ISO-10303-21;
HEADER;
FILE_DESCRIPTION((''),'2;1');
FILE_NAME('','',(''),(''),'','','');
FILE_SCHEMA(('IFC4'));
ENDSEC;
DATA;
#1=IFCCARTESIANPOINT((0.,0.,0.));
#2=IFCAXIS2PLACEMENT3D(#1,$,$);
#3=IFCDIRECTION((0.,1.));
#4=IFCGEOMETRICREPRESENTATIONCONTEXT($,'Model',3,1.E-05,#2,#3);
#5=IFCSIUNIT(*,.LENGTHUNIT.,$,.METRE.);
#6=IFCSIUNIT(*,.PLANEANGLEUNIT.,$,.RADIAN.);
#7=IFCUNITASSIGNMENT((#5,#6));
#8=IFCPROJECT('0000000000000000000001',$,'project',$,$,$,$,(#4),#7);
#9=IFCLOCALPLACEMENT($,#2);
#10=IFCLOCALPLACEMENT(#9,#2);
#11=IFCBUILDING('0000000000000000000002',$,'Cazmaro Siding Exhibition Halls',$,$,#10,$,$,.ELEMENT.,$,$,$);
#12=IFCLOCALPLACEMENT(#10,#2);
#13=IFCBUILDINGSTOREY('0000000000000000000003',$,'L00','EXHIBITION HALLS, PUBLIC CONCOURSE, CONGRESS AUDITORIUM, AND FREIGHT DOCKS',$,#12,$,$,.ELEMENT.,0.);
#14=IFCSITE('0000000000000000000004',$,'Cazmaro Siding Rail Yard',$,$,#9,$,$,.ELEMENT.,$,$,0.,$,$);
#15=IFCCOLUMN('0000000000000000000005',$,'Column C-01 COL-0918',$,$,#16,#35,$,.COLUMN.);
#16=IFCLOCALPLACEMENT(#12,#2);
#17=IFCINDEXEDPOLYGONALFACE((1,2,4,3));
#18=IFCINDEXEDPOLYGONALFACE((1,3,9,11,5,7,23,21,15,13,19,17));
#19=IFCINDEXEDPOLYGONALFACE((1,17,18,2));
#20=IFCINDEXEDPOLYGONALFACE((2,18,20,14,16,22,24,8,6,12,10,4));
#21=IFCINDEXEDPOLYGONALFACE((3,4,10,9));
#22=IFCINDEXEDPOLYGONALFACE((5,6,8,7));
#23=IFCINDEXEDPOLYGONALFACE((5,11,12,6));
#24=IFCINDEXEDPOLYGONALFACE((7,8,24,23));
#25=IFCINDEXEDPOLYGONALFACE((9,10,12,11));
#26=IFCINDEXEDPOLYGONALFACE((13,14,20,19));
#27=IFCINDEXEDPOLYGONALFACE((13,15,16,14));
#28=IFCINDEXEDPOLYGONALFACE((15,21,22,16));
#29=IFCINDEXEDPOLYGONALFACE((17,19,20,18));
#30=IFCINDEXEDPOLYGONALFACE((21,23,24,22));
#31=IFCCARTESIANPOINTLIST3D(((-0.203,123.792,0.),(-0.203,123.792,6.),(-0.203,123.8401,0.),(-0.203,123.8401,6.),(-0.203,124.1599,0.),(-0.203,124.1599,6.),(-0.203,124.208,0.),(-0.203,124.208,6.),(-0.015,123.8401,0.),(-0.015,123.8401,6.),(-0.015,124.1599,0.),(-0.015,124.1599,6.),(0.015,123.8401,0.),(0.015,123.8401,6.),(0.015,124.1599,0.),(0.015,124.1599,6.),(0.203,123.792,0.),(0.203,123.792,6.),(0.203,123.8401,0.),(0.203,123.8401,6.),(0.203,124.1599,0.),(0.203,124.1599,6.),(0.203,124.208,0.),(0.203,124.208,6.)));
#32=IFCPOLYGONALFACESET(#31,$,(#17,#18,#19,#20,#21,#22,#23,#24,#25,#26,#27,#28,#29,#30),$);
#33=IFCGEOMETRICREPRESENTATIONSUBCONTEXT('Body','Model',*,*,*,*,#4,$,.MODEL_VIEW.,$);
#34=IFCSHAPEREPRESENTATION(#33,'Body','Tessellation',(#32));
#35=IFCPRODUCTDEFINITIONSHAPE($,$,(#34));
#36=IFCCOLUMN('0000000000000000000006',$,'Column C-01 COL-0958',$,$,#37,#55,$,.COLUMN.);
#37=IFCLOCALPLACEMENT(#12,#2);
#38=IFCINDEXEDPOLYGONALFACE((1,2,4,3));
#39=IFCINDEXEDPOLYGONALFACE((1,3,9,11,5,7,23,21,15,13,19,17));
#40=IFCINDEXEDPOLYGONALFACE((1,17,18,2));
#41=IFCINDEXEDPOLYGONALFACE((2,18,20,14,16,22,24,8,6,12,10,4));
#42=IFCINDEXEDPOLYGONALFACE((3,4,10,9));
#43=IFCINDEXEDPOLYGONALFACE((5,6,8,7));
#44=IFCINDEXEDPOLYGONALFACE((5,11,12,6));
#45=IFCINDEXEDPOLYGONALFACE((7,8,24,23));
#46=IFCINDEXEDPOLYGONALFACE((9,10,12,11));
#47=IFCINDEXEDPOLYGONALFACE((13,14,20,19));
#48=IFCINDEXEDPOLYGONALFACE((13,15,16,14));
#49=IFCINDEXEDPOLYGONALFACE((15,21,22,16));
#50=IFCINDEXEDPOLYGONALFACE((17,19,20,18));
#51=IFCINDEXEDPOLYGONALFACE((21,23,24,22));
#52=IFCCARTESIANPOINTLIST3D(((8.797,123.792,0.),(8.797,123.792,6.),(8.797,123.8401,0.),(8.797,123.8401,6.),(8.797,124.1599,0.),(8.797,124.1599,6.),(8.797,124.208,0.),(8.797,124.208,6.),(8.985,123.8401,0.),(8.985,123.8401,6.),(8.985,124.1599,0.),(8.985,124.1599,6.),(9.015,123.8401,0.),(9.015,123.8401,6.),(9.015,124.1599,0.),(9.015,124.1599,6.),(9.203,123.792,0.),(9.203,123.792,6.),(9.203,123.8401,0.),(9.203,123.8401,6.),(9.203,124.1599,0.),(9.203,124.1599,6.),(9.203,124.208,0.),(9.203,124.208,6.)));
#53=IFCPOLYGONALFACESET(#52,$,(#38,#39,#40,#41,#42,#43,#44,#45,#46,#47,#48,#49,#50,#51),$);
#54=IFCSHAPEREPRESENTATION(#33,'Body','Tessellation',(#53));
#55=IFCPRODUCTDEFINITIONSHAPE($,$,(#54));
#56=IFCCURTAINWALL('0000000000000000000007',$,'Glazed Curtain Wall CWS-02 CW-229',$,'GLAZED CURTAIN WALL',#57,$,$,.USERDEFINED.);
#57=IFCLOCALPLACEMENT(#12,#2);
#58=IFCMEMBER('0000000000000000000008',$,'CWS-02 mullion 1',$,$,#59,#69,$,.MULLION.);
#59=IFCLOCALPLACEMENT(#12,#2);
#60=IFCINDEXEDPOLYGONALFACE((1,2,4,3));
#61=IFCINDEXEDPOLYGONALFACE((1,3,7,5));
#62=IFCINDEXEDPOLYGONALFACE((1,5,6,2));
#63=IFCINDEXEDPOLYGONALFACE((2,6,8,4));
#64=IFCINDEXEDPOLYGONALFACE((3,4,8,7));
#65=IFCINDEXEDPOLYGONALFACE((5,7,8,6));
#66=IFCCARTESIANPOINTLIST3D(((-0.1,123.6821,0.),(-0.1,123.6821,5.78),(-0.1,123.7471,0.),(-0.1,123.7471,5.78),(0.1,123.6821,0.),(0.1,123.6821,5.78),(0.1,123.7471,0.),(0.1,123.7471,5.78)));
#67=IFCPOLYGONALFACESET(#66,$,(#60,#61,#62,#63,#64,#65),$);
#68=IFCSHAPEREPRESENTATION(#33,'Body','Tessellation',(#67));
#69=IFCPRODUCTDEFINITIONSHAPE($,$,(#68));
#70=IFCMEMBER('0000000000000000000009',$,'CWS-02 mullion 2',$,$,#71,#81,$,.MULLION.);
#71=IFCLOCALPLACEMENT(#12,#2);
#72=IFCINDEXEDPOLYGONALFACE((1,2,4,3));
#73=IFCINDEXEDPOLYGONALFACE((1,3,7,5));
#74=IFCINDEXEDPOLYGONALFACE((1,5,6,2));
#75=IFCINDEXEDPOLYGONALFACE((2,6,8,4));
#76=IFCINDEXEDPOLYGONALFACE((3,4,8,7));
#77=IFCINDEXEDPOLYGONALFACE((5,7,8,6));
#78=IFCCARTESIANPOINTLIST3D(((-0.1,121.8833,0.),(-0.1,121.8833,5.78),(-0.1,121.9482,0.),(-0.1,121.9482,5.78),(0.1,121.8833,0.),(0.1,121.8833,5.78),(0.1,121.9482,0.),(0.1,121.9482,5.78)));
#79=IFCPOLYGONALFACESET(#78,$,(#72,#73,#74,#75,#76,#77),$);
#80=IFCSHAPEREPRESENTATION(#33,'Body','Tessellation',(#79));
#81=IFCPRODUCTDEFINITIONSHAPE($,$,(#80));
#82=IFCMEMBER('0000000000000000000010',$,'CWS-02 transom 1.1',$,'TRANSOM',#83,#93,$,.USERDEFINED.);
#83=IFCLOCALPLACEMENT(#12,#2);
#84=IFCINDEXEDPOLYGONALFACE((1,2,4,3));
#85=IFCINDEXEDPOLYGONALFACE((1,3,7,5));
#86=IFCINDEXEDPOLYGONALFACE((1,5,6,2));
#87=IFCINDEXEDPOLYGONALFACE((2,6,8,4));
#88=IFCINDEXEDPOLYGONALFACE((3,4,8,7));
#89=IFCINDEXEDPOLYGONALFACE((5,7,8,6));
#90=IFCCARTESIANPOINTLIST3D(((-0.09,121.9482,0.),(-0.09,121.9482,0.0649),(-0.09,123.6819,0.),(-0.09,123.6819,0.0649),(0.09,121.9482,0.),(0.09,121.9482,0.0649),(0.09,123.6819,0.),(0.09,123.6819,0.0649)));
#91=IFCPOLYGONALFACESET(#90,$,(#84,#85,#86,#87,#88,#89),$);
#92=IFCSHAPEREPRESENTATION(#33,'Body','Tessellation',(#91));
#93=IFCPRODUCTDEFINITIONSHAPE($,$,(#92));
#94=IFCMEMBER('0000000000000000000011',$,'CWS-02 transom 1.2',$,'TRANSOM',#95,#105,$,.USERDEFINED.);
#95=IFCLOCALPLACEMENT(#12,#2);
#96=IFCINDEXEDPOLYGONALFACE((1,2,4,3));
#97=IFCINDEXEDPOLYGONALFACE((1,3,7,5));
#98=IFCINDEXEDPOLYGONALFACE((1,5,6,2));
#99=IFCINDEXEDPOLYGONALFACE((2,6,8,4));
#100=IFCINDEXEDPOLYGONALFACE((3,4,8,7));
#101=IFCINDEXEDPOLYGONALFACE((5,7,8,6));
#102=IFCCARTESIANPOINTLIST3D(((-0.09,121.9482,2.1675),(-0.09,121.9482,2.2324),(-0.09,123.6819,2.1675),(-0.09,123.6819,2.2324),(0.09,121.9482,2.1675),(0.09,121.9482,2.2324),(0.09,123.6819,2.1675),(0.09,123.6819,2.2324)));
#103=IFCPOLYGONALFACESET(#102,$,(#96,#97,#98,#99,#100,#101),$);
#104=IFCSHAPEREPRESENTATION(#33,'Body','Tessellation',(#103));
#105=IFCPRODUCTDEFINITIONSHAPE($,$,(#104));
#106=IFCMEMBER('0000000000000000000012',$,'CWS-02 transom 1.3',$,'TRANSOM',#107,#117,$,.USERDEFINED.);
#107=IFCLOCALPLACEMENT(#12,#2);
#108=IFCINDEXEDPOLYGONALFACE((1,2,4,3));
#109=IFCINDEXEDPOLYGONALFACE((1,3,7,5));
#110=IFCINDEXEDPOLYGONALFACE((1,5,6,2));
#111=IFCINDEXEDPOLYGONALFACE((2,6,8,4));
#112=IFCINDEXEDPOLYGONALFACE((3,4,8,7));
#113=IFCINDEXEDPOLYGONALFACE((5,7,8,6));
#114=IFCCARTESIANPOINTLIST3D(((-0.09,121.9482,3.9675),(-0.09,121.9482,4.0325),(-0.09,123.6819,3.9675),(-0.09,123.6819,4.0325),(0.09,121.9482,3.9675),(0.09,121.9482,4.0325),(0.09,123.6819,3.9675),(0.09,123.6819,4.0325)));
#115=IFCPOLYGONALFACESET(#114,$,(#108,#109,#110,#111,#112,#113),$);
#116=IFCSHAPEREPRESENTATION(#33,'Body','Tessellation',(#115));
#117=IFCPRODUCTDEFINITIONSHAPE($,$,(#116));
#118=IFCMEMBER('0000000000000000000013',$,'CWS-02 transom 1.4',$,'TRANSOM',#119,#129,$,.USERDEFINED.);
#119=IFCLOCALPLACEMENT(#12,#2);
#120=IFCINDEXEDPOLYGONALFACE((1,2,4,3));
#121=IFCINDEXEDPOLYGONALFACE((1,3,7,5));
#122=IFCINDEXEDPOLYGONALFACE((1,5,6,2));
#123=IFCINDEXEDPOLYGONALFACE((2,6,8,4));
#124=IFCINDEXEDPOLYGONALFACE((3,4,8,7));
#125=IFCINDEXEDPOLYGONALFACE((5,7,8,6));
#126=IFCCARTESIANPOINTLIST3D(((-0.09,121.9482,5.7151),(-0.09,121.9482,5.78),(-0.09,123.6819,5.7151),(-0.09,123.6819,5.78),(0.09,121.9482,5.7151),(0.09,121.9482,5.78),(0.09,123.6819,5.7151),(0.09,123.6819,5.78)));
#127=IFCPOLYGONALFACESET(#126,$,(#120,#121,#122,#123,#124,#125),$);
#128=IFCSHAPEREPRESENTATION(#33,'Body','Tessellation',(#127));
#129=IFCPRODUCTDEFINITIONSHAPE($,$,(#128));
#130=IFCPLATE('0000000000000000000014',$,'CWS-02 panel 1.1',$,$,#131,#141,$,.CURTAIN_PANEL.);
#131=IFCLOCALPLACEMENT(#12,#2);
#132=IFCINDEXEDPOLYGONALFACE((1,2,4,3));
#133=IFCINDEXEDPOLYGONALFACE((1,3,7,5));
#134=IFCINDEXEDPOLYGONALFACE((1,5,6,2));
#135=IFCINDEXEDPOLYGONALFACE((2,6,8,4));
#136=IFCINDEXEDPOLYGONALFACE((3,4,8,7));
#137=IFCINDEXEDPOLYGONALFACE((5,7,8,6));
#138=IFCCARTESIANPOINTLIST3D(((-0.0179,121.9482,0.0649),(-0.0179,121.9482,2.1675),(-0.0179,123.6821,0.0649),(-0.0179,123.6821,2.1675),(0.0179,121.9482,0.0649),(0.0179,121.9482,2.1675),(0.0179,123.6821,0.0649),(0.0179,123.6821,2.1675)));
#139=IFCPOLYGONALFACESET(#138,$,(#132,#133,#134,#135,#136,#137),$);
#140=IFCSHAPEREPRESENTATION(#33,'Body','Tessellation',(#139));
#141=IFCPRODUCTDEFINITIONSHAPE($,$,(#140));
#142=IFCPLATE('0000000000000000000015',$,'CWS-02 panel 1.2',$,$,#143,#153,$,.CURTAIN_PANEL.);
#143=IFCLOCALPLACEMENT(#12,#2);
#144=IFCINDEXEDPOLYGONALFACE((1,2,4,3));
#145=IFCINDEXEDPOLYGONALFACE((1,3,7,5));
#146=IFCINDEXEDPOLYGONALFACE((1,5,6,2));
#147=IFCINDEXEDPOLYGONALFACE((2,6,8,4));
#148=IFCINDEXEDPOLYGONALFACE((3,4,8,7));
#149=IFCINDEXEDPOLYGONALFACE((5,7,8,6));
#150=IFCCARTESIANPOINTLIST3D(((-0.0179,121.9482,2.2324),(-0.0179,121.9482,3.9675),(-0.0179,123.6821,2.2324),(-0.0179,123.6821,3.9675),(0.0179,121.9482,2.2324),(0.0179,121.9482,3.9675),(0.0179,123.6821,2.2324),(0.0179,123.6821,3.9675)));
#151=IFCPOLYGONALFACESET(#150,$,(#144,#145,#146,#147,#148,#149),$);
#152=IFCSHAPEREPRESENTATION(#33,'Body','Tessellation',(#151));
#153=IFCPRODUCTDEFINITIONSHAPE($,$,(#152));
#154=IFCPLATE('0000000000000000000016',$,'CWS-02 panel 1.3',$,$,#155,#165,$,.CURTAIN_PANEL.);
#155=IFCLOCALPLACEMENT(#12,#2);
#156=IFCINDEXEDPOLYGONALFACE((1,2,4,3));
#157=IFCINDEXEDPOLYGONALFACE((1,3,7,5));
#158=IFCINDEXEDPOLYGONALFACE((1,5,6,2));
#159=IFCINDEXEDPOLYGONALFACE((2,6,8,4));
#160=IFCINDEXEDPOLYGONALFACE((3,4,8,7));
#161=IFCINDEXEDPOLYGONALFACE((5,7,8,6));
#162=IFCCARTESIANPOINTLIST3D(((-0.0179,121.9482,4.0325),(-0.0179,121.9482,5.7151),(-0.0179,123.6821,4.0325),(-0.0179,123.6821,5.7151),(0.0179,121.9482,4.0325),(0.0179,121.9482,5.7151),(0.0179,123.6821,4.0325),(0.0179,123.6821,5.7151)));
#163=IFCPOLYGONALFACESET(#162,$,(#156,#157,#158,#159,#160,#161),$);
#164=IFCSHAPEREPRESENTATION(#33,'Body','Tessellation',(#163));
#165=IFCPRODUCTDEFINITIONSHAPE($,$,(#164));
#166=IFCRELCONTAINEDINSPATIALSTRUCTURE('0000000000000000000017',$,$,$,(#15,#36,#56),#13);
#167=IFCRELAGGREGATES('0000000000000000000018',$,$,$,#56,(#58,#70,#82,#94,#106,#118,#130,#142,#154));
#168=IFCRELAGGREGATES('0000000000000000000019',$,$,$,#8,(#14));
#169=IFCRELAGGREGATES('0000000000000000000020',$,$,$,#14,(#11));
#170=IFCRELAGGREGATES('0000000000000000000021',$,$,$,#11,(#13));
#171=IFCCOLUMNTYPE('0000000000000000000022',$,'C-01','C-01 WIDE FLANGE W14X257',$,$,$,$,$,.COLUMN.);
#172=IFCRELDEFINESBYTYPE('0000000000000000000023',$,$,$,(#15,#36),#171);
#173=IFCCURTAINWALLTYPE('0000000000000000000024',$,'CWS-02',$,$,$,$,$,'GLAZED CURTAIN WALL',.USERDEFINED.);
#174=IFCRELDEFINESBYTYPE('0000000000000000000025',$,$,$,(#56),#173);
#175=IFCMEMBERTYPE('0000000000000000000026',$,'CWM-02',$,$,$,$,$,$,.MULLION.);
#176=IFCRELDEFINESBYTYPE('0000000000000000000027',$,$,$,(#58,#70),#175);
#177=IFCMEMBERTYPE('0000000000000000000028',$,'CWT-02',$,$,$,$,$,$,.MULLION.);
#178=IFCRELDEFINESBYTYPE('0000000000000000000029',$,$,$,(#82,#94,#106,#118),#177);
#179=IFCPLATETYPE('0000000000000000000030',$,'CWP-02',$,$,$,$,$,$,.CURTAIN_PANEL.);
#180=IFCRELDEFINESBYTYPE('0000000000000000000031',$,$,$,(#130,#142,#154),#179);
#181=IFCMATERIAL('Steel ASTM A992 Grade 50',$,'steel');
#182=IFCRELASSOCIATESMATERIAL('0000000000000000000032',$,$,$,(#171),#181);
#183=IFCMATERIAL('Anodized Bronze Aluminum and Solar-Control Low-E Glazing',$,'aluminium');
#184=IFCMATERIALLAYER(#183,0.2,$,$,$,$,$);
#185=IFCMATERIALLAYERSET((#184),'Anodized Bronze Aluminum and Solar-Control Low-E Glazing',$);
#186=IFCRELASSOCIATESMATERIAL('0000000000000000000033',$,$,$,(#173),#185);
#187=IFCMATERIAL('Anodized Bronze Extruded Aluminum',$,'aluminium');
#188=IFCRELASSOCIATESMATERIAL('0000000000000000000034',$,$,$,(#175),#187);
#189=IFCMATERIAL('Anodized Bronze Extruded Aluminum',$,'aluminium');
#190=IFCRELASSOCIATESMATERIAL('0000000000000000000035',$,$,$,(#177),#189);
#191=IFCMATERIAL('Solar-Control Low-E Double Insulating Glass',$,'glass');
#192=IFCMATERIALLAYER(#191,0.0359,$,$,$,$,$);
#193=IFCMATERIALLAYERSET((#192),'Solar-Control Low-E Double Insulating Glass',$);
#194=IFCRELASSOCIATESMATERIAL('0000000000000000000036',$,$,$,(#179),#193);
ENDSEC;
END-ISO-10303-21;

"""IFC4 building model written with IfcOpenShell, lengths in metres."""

from ifc_helpers import new_model, si_unit, direction, frame, origin, origin_2d, place, context, subcontext, project, spatial, rectangle, i_section, extrude, material, layer, layer_set, material_profile, profile_set, type_object, element, aggregate, save


model = new_model("IFC4")

# Units and contexts
model_context = context("Model", 3, precision=1e-05, world=origin(), true_north=direction((0.0, 1.0)))
body_context = subcontext(model_context, "Body", "Model", "MODEL_VIEW")
ifc_project = project(units=[si_unit("LENGTHUNIT", "METRE"), si_unit("PLANEANGLEUNIT", "RADIAN")], contexts=[model_context])

# Site, building, storey
site_placement = place(None, origin())
site = spatial("IfcSite", under=ifc_project, at=site_placement, Name="Cazmaro Siding Rail Yard", CompositionType="ELEMENT", RefElevation=0.0)
building_placement = place(site_placement, origin())
building = spatial("IfcBuilding", under=site, at=building_placement, Name="Cazmaro Siding Exhibition Halls", CompositionType="ELEMENT")
storey_placement = place(building_placement, origin())
storey = spatial("IfcBuildingStorey", under=building, at=storey_placement, Name="L00", Description="EXHIBITION HALLS, PUBLIC CONCOURSE, CONGRESS AUDITORIUM, AND FREIGHT DOCKS", CompositionType="ELEMENT", Elevation=0.0)

# Columns
ifc_material_1 = material(Name="Steel ASTM A992 Grade 50", Category="steel")
ifc_material_profile_1 = material_profile(ifc_material_1, i_section(OverallWidth=0.406, OverallDepth=0.416, WebThickness=0.03, FlangeThickness=0.0481, at=origin_2d()), Name="W14X257")
ifc_profile_set_1 = profile_set([ifc_material_profile_1], Name="Steel ASTM A992 Grade 50")
column_type = type_object("IfcColumnType", Name="C-01", Description="C-01 WIDE FLANGE W14X257", PredefinedType="COLUMN", material=ifc_profile_set_1)
for number, where, z_axis, x_axis, name in (
    (1, (0.0, 124.0, 0.0), (0.0, 0.0, 1.0), (1.0, 0.0, 0.0), "Column C-01 COL-0918"),
    (2, (9.0, 124.0, 0.0), (0.0, 0.0, 1.0), (1.0, 0.0, 0.0), "Column C-01 COL-0958"),
):
    element("IfcColumn", number, at=place(storey_placement, frame(where, z_axis=z_axis, x_axis=x_axis)), inside=storey, type_object=column_type, Name=name, PredefinedType="COLUMN", context=body_context, shape_type="SweptSolid", body=[
        extrude(i_section(OverallWidth=0.406, OverallDepth=0.416, WebThickness=0.03, FlangeThickness=0.0481, at=origin_2d()), origin(), (0.0, 0.0, 1.0), 6.0),
    ])

# Curtain wall, members, plates
ifc_material_2 = material(Name="Anodized Bronze Aluminum and Solar-Control Low-E Glazing", Category="aluminium")
ifc_layer_1 = layer(ifc_material_2, 0.2)
ifc_layer_set_1 = layer_set([ifc_layer_1], Name="Anodized Bronze Aluminum and Solar-Control Low-E Glazing")
curtain_wall_type = type_object("IfcCurtainWallType", Name="CWS-02", ElementType="GLAZED CURTAIN WALL", PredefinedType="USERDEFINED", material=ifc_layer_set_1)
curtain_wall_placement = place(storey_placement, origin())
curtain_wall = element("IfcCurtainWall", 3, at=curtain_wall_placement, inside=storey, type_object=curtain_wall_type, Name="Glazed Curtain Wall CWS-02 CW-229", ObjectType="GLAZED CURTAIN WALL", PredefinedType="USERDEFINED")
ifc_material_3 = material(Name="Anodized Bronze Extruded Aluminum", Category="aluminium")
ifc_material_profile_2 = material_profile(ifc_material_3, rectangle(XDim=0.2, YDim=0.0649, at=origin_2d()), Name="CWM-02")
ifc_profile_set_2 = profile_set([ifc_material_profile_2], Name="Anodized Bronze Extruded Aluminum")
member_type_1 = type_object("IfcMemberType", Name="CWM-02", PredefinedType="MULLION", material=ifc_profile_set_2)
member_1_placement = place(storey_placement, frame((0.0, 123.7146, 0.0), z_axis=(0.0, 0.0, 1.0), x_axis=(1.0, 0.0, 0.0)))
member_1 = element("IfcMember", 4, at=member_1_placement, type_object=member_type_1, Name="CWS-02 mullion 1", PredefinedType="MULLION", context=body_context, shape_type="SweptSolid", body=[
    extrude(rectangle(XDim=0.2, YDim=0.0649, at=origin_2d()), origin(), (0.0, 0.0, 1.0), 5.78),
])
member_2_placement = place(storey_placement, frame((0.0, 121.9158, 0.0), z_axis=(0.0, 0.0, 1.0), x_axis=(1.0, 0.0, 0.0)))
member_2 = element("IfcMember", 5, at=member_2_placement, type_object=member_type_1, Name="CWS-02 mullion 2", PredefinedType="MULLION", context=body_context, shape_type="SweptSolid", body=[
    extrude(rectangle(XDim=0.2, YDim=0.0649, at=origin_2d()), origin(), (0.0, 0.0, 1.0), 5.78),
])
ifc_material_4 = material(Name="Anodized Bronze Extruded Aluminum", Category="aluminium")
ifc_material_profile_3 = material_profile(ifc_material_4, rectangle(XDim=0.1799, YDim=0.0649, at=origin_2d()), Name="CWT-02")
ifc_profile_set_3 = profile_set([ifc_material_profile_3], Name="Anodized Bronze Extruded Aluminum")
member_type_2 = type_object("IfcMemberType", Name="CWT-02", PredefinedType="MULLION", material=ifc_profile_set_3)
member_3_placement = place(storey_placement, frame((0.0, 123.6819, 0.0325), z_axis=(0.0, -1.0, 0.0), x_axis=(1.0, 0.0, 0.0)))
member_3 = element("IfcMember", 6, at=member_3_placement, type_object=member_type_2, Name="CWS-02 transom 1.1", ObjectType="TRANSOM", PredefinedType="USERDEFINED", context=body_context, shape_type="SweptSolid", body=[
    extrude(rectangle(XDim=0.1799, YDim=0.0649, at=origin_2d()), origin(), (0.0, 0.0, 1.0), 1.7336),
])
member_4_placement = place(storey_placement, frame((0.0, 123.6819, 2.2), z_axis=(0.0, -1.0, 0.0), x_axis=(1.0, 0.0, 0.0)))
member_4 = element("IfcMember", 7, at=member_4_placement, type_object=member_type_2, Name="CWS-02 transom 1.2", ObjectType="TRANSOM", PredefinedType="USERDEFINED", context=body_context, shape_type="SweptSolid", body=[
    extrude(rectangle(XDim=0.1799, YDim=0.0649, at=origin_2d()), origin(), (0.0, 0.0, 1.0), 1.7336),
])
member_5_placement = place(storey_placement, frame((0.0, 123.6819, 4.0), z_axis=(0.0, -1.0, 0.0), x_axis=(1.0, 0.0, 0.0)))
member_5 = element("IfcMember", 8, at=member_5_placement, type_object=member_type_2, Name="CWS-02 transom 1.3", ObjectType="TRANSOM", PredefinedType="USERDEFINED", context=body_context, shape_type="SweptSolid", body=[
    extrude(rectangle(XDim=0.1799, YDim=0.0649, at=origin_2d()), origin(), (0.0, 0.0, 1.0), 1.7336),
])
member_6_placement = place(storey_placement, frame((0.0, 123.6819, 5.7476), z_axis=(0.0, -1.0, 0.0), x_axis=(1.0, 0.0, 0.0)))
member_6 = element("IfcMember", 9, at=member_6_placement, type_object=member_type_2, Name="CWS-02 transom 1.4", ObjectType="TRANSOM", PredefinedType="USERDEFINED", context=body_context, shape_type="SweptSolid", body=[
    extrude(rectangle(XDim=0.1799, YDim=0.0649, at=origin_2d()), origin(), (0.0, 0.0, 1.0), 1.7336),
])
ifc_material_5 = material(Name="Solar-Control Low-E Double Insulating Glass", Category="glass")
ifc_layer_2 = layer(ifc_material_5, 0.0359)
ifc_layer_set_2 = layer_set([ifc_layer_2], Name="Solar-Control Low-E Double Insulating Glass")
plate_type = type_object("IfcPlateType", Name="CWP-02", PredefinedType="CURTAIN_PANEL", material=ifc_layer_set_2)
plate_1_placement = place(storey_placement, frame((0.0, 122.8152, 0.0649), z_axis=(0.0, 0.0, 1.0), x_axis=(0.0, -1.0, 0.0)))
plate_1 = element("IfcPlate", 10, at=plate_1_placement, type_object=plate_type, Name="CWS-02 panel 1.1", PredefinedType="CURTAIN_PANEL", context=body_context, shape_type="SweptSolid", body=[
    extrude(rectangle(XDim=1.7339, YDim=0.0359, at=origin_2d()), origin(), (0.0, 0.0, 1.0), 2.1025),
])
plate_2_placement = place(storey_placement, frame((0.0, 122.8152, 2.2324), z_axis=(0.0, 0.0, 1.0), x_axis=(0.0, -1.0, 0.0)))
plate_2 = element("IfcPlate", 11, at=plate_2_placement, type_object=plate_type, Name="CWS-02 panel 1.2", PredefinedType="CURTAIN_PANEL", context=body_context, shape_type="SweptSolid", body=[
    extrude(rectangle(XDim=1.7339, YDim=0.0359, at=origin_2d()), origin(), (0.0, 0.0, 1.0), 1.7351),
])
plate_3_placement = place(storey_placement, frame((0.0, 122.8152, 4.0325), z_axis=(0.0, 0.0, 1.0), x_axis=(0.0, -1.0, 0.0)))
plate_3 = element("IfcPlate", 12, at=plate_3_placement, type_object=plate_type, Name="CWS-02 panel 1.3", PredefinedType="CURTAIN_PANEL", context=body_context, shape_type="SweptSolid", body=[
    extrude(rectangle(XDim=1.7339, YDim=0.0359, at=origin_2d()), origin(), (0.0, 0.0, 1.0), 1.6826),
])
aggregate(curtain_wall, [member_1, member_2, member_3, member_4, member_5, member_6, plate_1, plate_2, plate_3])

save(model, "model.ifc")
